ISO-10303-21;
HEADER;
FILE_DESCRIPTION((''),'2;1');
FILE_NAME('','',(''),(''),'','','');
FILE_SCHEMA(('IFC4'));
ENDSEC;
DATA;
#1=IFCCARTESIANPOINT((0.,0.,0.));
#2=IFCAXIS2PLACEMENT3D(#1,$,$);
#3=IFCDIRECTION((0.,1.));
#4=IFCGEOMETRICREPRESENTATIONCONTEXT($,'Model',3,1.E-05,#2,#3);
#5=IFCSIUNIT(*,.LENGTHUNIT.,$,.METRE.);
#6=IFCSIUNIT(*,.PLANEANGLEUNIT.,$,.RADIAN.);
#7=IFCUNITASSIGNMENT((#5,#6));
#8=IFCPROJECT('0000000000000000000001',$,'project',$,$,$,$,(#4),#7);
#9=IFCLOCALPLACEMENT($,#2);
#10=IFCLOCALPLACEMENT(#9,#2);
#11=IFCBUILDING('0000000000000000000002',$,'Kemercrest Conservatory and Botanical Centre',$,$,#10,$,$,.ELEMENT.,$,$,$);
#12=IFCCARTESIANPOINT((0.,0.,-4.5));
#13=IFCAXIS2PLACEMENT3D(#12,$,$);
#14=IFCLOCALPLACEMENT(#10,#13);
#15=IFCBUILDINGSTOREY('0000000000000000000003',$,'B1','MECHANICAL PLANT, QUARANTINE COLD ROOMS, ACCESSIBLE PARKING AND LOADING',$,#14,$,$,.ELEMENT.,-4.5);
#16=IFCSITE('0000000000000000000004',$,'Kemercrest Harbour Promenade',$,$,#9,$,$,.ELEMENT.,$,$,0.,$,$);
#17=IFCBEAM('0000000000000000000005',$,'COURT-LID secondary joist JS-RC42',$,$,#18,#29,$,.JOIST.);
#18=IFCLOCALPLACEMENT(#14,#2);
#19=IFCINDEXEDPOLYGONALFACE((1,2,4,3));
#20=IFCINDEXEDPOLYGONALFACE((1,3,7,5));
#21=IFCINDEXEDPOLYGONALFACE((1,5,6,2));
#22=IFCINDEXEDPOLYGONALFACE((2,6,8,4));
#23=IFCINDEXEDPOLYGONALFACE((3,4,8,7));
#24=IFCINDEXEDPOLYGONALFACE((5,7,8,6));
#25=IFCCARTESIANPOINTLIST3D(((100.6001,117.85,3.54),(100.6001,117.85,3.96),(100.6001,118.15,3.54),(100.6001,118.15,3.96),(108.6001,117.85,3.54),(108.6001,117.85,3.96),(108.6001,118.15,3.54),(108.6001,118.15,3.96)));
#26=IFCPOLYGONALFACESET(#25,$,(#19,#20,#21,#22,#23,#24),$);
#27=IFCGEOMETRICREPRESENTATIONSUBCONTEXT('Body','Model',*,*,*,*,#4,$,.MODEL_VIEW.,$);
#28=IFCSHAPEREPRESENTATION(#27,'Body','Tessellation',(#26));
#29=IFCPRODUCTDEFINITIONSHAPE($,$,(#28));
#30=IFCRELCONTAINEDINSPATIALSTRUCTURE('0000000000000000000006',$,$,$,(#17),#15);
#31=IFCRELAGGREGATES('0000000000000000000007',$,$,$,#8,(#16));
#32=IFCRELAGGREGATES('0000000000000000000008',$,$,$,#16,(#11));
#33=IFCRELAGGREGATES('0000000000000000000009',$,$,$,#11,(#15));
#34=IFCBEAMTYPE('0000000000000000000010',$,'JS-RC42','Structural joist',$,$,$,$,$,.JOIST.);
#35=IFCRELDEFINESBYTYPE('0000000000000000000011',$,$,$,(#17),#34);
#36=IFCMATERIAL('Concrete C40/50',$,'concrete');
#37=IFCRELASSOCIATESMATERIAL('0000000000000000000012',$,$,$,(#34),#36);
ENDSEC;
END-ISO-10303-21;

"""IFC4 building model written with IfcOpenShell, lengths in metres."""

from ifc_helpers import new_model, si_unit, direction, frame, origin, origin_2d, place, context, subcontext, project, spatial, rectangle, extrude, material, material_profile, profile_set, type_object, element, save


model = new_model("IFC4")

# Units and contexts
model_context = context("Model", 3, precision=1e-05, world=origin(), true_north=direction((0.0, 1.0)))
body_context = subcontext(model_context, "Body", "Model", "MODEL_VIEW")
ifc_project = project(units=[si_unit("LENGTHUNIT", "METRE"), si_unit("PLANEANGLEUNIT", "RADIAN")], contexts=[model_context])

# Site, building, storey
site_placement = place(None, origin())
site = spatial("IfcSite", under=ifc_project, at=site_placement, Name="Kemercrest Harbour Promenade", CompositionType="ELEMENT", RefElevation=0.0)
building_placement = place(site_placement, origin())
building = spatial("IfcBuilding", under=site, at=building_placement, Name="Kemercrest Conservatory and Botanical Centre", CompositionType="ELEMENT")
storey_placement = place(building_placement, frame((0.0, 0.0, -4.5)))
storey = spatial("IfcBuildingStorey", under=building, at=storey_placement, Name="B1", Description="MECHANICAL PLANT, QUARANTINE COLD ROOMS, ACCESSIBLE PARKING AND LOADING", CompositionType="ELEMENT", Elevation=-4.5)

# Shared definitions
ifc_material_1 = material(Name="Concrete C40/50", Category="concrete")

# Beam
ifc_material_profile_1 = material_profile(ifc_material_1, rectangle(XDim=0.3, YDim=0.4199, at=origin_2d()), Name="RC 300x420")
ifc_profile_set_1 = profile_set([ifc_material_profile_1], Name="Concrete C40/50")
beam_type_1 = type_object("IfcBeamType", Name="JS-RC42", Description="Structural joist", PredefinedType="JOIST", material=ifc_profile_set_1)
for number, where, z_axis, x_axis, name in (
    (1, (100.6001, 118.0, 3.75), (1.0, 0.0, 0.0), (0.0, 1.0, 0.0), "COURT-LID secondary joist JS-RC42"),
):
    element("IfcBeam", number, at=place(storey_placement, frame(where, z_axis=z_axis, x_axis=x_axis)), inside=storey, type_object=beam_type_1, Name=name, PredefinedType="JOIST", context=body_context, shape_type="SweptSolid", body=[
        extrude(rectangle(XDim=0.3, YDim=0.4199, at=origin_2d()), origin(), (0.0, 0.0, 1.0), 8.0),
    ])

save(model, "model.ifc")
